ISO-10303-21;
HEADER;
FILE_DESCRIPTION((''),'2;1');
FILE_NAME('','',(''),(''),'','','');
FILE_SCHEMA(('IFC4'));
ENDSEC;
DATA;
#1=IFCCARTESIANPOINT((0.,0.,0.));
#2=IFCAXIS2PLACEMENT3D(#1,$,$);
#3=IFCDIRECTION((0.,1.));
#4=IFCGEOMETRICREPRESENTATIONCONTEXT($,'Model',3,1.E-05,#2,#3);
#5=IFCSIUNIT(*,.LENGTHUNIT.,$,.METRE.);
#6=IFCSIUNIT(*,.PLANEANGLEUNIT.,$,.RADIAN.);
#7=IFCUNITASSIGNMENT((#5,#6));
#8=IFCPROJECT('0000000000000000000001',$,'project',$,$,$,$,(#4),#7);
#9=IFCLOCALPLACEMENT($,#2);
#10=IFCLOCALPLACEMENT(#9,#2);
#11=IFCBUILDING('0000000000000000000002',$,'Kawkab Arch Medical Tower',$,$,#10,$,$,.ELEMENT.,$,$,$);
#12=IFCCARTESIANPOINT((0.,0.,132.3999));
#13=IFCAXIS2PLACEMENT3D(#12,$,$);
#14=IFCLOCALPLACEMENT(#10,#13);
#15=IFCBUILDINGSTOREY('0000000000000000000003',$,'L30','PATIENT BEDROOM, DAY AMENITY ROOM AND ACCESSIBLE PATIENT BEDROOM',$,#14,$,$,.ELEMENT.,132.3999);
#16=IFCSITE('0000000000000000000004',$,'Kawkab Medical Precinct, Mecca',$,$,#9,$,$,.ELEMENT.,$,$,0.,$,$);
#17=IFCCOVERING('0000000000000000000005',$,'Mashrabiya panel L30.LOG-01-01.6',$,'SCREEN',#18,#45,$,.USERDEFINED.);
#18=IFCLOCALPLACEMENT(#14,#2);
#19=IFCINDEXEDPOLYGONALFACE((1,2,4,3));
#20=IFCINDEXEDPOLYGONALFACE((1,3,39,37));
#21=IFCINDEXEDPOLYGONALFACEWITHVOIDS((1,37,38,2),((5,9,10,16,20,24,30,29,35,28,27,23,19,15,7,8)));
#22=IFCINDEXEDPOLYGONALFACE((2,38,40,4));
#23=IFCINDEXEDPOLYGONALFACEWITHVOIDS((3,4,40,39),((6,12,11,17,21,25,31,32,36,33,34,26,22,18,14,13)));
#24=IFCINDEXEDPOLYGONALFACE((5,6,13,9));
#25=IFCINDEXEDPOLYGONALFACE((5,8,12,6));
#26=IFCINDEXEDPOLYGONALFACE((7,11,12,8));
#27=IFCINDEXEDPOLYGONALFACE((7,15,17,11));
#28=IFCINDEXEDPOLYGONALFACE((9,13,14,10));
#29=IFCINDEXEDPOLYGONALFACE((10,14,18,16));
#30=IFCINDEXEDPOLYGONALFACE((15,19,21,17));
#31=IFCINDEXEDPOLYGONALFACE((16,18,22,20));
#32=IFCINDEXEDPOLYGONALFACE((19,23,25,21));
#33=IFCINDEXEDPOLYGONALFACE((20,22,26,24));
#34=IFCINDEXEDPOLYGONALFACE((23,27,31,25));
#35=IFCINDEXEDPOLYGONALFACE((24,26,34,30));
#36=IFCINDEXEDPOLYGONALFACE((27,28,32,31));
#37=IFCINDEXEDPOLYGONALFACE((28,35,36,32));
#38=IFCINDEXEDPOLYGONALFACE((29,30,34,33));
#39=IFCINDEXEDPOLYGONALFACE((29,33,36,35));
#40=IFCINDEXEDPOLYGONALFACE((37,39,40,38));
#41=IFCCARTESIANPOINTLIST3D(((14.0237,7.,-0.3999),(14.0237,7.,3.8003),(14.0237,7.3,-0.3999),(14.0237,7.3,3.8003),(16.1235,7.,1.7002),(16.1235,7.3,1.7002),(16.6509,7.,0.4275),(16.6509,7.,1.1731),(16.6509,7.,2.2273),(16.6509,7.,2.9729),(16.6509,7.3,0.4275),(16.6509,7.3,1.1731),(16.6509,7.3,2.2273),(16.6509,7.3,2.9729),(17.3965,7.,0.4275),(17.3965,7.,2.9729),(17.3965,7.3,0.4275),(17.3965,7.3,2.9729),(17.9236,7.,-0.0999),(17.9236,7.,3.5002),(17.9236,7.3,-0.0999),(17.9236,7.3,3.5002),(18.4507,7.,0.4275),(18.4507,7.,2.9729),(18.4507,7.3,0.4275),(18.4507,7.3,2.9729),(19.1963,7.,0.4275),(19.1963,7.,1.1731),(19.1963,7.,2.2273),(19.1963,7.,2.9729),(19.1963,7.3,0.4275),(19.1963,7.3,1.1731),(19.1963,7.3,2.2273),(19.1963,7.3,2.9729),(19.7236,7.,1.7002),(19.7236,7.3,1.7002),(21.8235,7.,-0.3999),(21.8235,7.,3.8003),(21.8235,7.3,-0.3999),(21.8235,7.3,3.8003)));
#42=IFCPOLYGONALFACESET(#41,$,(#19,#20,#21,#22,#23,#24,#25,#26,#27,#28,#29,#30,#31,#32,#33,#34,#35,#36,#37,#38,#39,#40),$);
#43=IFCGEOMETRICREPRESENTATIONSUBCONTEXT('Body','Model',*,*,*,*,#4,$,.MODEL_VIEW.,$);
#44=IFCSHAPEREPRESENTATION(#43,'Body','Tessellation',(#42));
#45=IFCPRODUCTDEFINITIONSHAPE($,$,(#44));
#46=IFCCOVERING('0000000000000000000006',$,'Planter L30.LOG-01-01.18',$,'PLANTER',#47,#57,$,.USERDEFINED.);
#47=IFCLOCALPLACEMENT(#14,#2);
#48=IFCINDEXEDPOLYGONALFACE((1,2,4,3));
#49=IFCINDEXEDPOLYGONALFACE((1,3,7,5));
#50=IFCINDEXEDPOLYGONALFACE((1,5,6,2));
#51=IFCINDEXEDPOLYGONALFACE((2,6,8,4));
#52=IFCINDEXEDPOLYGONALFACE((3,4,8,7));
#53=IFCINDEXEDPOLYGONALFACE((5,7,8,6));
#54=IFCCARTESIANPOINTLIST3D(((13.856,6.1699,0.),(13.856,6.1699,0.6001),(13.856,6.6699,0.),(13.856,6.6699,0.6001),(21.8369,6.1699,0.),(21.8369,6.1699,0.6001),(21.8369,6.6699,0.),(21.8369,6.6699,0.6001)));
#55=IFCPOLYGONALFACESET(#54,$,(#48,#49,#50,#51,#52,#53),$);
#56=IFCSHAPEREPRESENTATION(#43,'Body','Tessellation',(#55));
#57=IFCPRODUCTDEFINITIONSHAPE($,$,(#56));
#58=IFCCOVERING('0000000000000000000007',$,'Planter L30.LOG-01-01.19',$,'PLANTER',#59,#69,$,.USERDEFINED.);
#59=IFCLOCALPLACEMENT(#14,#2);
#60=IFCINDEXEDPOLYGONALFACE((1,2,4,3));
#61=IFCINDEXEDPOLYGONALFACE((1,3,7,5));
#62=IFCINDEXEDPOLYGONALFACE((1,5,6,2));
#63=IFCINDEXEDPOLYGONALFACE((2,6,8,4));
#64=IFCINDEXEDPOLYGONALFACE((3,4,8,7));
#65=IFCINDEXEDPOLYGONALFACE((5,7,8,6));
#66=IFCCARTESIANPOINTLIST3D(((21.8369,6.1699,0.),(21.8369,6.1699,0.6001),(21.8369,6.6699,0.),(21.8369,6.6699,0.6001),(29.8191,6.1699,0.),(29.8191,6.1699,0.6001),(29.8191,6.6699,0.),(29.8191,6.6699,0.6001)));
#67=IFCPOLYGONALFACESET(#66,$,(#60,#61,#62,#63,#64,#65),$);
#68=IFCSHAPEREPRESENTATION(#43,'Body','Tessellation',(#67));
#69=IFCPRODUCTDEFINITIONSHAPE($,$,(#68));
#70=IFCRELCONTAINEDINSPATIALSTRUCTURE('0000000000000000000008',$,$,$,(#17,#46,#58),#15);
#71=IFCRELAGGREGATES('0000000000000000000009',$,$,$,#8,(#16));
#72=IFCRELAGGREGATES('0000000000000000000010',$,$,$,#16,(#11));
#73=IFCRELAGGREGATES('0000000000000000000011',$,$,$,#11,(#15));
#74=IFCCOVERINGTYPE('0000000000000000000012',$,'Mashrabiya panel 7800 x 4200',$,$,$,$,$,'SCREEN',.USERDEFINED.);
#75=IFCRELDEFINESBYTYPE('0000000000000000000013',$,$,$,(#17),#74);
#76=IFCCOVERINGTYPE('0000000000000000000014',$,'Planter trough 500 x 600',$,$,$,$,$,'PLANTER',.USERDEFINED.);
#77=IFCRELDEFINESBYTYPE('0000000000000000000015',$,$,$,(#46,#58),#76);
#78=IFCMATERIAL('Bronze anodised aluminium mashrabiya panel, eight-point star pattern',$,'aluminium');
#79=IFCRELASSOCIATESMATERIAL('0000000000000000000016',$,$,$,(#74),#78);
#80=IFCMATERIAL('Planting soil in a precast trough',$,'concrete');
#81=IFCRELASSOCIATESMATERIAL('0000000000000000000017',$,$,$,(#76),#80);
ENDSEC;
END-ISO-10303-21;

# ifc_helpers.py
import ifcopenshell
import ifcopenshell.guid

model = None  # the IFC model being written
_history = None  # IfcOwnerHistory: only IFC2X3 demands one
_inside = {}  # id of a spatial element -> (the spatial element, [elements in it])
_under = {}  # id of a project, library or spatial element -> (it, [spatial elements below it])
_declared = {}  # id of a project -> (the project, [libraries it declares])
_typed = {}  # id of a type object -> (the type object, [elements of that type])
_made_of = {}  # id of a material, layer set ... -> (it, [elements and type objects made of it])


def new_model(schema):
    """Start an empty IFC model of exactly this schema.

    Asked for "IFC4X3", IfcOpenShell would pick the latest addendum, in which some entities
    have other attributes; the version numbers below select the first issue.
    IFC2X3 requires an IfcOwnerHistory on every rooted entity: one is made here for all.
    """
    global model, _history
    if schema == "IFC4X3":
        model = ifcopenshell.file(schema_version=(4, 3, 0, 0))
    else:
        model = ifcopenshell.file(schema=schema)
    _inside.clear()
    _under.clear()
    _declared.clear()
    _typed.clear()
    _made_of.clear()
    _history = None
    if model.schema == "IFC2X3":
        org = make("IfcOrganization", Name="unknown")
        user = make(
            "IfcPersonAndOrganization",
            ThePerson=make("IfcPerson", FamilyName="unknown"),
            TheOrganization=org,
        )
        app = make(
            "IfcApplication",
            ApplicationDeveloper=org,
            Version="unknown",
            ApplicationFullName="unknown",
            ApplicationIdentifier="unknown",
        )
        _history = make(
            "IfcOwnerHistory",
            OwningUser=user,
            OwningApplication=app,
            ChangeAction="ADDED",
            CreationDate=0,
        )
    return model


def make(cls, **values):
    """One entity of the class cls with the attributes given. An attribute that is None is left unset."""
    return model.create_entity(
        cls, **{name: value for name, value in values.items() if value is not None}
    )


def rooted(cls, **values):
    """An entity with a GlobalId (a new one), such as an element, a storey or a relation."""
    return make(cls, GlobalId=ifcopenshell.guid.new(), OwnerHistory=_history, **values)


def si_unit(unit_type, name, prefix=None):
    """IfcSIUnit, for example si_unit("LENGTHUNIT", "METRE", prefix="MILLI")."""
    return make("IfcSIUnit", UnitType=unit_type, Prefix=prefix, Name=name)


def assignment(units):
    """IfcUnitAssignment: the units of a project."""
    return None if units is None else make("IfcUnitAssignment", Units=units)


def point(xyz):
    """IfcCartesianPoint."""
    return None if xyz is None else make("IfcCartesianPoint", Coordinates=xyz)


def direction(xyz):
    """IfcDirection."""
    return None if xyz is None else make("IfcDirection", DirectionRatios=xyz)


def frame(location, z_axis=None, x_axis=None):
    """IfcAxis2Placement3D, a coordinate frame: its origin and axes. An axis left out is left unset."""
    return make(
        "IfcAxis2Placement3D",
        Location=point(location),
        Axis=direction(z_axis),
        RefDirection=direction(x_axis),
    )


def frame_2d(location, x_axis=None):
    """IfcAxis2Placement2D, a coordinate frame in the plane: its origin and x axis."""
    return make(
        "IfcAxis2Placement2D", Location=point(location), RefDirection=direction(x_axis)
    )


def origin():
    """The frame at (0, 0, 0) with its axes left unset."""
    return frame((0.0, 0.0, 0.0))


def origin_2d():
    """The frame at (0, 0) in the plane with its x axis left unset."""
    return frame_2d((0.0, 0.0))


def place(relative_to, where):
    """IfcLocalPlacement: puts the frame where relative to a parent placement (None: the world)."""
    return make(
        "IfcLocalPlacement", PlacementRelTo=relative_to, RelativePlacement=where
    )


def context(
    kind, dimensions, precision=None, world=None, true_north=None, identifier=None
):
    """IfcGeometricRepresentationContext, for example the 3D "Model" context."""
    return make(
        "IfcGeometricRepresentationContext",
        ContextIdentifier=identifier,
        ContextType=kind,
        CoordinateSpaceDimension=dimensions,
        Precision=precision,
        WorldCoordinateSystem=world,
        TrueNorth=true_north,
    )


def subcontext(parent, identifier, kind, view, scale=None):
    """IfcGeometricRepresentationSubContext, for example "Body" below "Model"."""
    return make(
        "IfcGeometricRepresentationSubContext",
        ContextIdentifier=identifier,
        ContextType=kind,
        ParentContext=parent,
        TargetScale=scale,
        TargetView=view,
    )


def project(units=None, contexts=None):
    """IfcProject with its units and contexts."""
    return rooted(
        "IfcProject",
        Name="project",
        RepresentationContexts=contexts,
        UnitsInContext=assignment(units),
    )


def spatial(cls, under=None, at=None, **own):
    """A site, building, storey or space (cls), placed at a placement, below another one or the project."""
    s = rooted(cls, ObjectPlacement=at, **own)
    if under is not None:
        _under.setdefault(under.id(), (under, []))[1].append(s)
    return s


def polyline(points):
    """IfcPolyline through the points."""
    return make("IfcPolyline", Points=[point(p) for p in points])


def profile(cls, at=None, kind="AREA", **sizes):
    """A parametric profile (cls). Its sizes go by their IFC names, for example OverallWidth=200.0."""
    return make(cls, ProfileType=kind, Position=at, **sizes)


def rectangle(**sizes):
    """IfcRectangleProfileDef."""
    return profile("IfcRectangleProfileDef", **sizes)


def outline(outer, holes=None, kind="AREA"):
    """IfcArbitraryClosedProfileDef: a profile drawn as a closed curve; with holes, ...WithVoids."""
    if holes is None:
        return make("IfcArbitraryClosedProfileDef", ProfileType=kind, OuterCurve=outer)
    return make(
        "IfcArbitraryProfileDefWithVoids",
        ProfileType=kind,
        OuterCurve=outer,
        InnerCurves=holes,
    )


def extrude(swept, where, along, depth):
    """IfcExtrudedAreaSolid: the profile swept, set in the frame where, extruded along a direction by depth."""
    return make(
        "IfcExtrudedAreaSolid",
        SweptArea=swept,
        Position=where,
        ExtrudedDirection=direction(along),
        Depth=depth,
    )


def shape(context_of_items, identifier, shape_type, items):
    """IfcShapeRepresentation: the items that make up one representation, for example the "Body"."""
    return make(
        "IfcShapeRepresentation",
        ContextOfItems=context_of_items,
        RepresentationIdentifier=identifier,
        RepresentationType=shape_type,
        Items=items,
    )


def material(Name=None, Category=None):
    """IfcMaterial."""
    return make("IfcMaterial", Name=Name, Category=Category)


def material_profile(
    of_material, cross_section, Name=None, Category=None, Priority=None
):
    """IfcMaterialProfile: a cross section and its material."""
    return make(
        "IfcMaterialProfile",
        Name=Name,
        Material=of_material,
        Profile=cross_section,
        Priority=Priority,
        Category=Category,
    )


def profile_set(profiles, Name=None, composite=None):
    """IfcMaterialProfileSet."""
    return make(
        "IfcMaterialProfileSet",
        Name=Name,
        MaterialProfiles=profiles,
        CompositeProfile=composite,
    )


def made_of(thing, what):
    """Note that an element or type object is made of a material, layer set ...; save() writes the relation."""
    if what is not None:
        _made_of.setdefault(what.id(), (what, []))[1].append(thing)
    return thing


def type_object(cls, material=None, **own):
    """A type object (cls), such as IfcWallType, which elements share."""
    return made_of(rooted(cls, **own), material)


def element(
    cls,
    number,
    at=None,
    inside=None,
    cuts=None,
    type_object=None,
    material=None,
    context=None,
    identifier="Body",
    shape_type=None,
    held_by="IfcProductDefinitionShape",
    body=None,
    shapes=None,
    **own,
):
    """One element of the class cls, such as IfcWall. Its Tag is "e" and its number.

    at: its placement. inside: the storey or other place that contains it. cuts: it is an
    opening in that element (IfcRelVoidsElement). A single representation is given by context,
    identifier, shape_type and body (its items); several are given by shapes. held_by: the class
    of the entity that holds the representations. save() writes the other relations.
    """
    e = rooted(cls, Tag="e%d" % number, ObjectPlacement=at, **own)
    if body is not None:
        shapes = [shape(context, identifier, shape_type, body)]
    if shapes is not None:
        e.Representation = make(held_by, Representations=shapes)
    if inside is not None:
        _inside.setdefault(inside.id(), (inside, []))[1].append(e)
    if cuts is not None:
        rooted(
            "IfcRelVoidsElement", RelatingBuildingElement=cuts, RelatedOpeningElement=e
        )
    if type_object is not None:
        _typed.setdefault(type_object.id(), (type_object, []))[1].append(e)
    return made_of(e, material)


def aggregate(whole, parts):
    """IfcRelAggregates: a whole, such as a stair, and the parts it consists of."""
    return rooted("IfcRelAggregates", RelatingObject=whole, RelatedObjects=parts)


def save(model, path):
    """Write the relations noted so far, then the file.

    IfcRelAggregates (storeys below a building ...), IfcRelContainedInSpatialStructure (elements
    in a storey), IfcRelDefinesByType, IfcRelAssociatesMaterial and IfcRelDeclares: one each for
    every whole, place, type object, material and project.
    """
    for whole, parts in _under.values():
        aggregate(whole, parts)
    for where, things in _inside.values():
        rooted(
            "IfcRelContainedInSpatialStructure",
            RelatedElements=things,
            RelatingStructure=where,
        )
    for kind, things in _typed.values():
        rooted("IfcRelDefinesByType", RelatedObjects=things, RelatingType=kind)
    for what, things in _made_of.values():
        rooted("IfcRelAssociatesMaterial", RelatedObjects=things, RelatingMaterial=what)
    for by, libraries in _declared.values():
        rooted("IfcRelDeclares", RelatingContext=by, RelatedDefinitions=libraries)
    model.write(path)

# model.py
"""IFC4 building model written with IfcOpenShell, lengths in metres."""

from ifc_helpers import new_model, si_unit, direction, frame, origin, origin_2d, place, context, subcontext, project, spatial, polyline, rectangle, outline, extrude, material, material_profile, profile_set, type_object, element, save


model = new_model("IFC4")

# Units and contexts
model_context = context("Model", 3, precision=1e-05, world=origin(), true_north=direction((0.0, 1.0)))
body_context = subcontext(model_context, "Body", "Model", "MODEL_VIEW")
ifc_project = project(units=[si_unit("LENGTHUNIT", "METRE"), si_unit("PLANEANGLEUNIT", "RADIAN")], contexts=[model_context])

# Site, building, storey
site_placement = place(None, origin())
site = spatial("IfcSite", under=ifc_project, at=site_placement, Name="Kawkab Medical Precinct, Mecca", CompositionType="ELEMENT", RefElevation=0.0)
building_placement = place(site_placement, origin())
building = spatial("IfcBuilding", under=site, at=building_placement, Name="Kawkab Arch Medical Tower", CompositionType="ELEMENT")
storey_placement = place(building_placement, frame((0.0, 0.0, 132.3999)))
storey = spatial("IfcBuildingStorey", under=building, at=storey_placement, Name="L30", Description="PATIENT BEDROOM, DAY AMENITY ROOM AND ACCESSIBLE PATIENT BEDROOM", CompositionType="ELEMENT", Elevation=132.3999)

# Coverings
ifc_material_1 = material(Name="Bronze anodised aluminium mashrabiya panel, eight-point star pattern", Category="aluminium")
ifc_material_profile_1 = material_profile(ifc_material_1, outline(polyline([(-3.8999, -2.1001), (3.8999, -2.1001), (3.8999, 2.1001), (-3.8999, 2.1001), (-3.8999, -2.1001)]), holes=[polyline([(1.8, 0.0), (1.2727, 0.5271), (1.2727, 1.2727), (0.5271, 1.2727), (0.0, 1.8), (-0.5271, 1.2727), (-1.2727, 1.2727), (-1.2727, 0.5271), (-1.8, 0.0), (-1.2727, -0.5271), (-1.2727, -1.2727), (-0.5271, -1.2727), (0.0, -1.8), (0.5271, -1.2727), (1.2727, -1.2727), (1.2727, -0.5271), (1.8, 0.0)])]), Name="Mashrabiya panel 7800x4200")
ifc_profile_set_1 = profile_set([ifc_material_profile_1], Name="Bronze anodised aluminium mashrabiya panel, eight-point star pattern")
covering_type_1 = type_object("IfcCoveringType", Name="Mashrabiya panel 7800 x 4200", ElementType="SCREEN", PredefinedType="USERDEFINED", material=ifc_profile_set_1)
covering_1_placement = place(storey_placement, frame((17.9236, 7.0, 1.7002), z_axis=(0.0, 1.0, 0.0), x_axis=(-1.0, 0.0, 0.0)))
element("IfcCovering", 1, at=covering_1_placement, inside=storey, type_object=covering_type_1, Name="Mashrabiya panel L30.LOG-01-01.6", ObjectType="SCREEN", PredefinedType="USERDEFINED", context=body_context, shape_type="SweptSolid", body=[
    extrude(outline(polyline([(-3.8999, -2.1001), (3.8999, -2.1001), (3.8999, 2.1001), (-3.8999, 2.1001), (-3.8999, -2.1001)]), holes=[polyline([(1.8, 0.0), (1.2727, 0.5271), (1.2727, 1.2727), (0.5271, 1.2727), (0.0, 1.8), (-0.5271, 1.2727), (-1.2727, 1.2727), (-1.2727, 0.5271), (-1.8, 0.0), (-1.2727, -0.5271), (-1.2727, -1.2727), (-0.5271, -1.2727), (0.0, -1.8), (0.5271, -1.2727), (1.2727, -1.2727), (1.2727, -0.5271), (1.8, 0.0)])]), origin(), (0.0, 0.0, 1.0), 0.3),
])
ifc_material_2 = material(Name="Planting soil in a precast trough", Category="concrete")
ifc_material_profile_2 = material_profile(ifc_material_2, rectangle(XDim=0.5, YDim=0.6001, at=origin_2d()), Name="Trough 500x600")
ifc_profile_set_2 = profile_set([ifc_material_profile_2], Name="Planting soil in a precast trough")
covering_type_2 = type_object("IfcCoveringType", Name="Planter trough 500 x 600", ElementType="PLANTER", PredefinedType="USERDEFINED", material=ifc_profile_set_2)
covering_2_placement = place(storey_placement, frame((13.856, 6.4199, 0.3), z_axis=(1.0, 0.0, 0.0), x_axis=(0.0, 1.0, 0.0)))
element("IfcCovering", 2, at=covering_2_placement, inside=storey, type_object=covering_type_2, Name="Planter L30.LOG-01-01.18", ObjectType="PLANTER", PredefinedType="USERDEFINED", context=body_context, shape_type="SweptSolid", body=[
    extrude(rectangle(XDim=0.5, YDim=0.6001, at=origin_2d()), origin(), (0.0, 0.0, 1.0), 7.981),
])
covering_3_placement = place(storey_placement, frame((21.8369, 6.4199, 0.3), z_axis=(1.0, 0.0, 0.0), x_axis=(0.0, 1.0, 0.0)))
element("IfcCovering", 3, at=covering_3_placement, inside=storey, type_object=covering_type_2, Name="Planter L30.LOG-01-01.19", ObjectType="PLANTER", PredefinedType="USERDEFINED", context=body_context, shape_type="SweptSolid", body=[
    extrude(rectangle(XDim=0.5, YDim=0.6001, at=origin_2d()), origin(), (0.0, 0.0, 1.0), 7.9822),
])

save(model, "model.ifc")
